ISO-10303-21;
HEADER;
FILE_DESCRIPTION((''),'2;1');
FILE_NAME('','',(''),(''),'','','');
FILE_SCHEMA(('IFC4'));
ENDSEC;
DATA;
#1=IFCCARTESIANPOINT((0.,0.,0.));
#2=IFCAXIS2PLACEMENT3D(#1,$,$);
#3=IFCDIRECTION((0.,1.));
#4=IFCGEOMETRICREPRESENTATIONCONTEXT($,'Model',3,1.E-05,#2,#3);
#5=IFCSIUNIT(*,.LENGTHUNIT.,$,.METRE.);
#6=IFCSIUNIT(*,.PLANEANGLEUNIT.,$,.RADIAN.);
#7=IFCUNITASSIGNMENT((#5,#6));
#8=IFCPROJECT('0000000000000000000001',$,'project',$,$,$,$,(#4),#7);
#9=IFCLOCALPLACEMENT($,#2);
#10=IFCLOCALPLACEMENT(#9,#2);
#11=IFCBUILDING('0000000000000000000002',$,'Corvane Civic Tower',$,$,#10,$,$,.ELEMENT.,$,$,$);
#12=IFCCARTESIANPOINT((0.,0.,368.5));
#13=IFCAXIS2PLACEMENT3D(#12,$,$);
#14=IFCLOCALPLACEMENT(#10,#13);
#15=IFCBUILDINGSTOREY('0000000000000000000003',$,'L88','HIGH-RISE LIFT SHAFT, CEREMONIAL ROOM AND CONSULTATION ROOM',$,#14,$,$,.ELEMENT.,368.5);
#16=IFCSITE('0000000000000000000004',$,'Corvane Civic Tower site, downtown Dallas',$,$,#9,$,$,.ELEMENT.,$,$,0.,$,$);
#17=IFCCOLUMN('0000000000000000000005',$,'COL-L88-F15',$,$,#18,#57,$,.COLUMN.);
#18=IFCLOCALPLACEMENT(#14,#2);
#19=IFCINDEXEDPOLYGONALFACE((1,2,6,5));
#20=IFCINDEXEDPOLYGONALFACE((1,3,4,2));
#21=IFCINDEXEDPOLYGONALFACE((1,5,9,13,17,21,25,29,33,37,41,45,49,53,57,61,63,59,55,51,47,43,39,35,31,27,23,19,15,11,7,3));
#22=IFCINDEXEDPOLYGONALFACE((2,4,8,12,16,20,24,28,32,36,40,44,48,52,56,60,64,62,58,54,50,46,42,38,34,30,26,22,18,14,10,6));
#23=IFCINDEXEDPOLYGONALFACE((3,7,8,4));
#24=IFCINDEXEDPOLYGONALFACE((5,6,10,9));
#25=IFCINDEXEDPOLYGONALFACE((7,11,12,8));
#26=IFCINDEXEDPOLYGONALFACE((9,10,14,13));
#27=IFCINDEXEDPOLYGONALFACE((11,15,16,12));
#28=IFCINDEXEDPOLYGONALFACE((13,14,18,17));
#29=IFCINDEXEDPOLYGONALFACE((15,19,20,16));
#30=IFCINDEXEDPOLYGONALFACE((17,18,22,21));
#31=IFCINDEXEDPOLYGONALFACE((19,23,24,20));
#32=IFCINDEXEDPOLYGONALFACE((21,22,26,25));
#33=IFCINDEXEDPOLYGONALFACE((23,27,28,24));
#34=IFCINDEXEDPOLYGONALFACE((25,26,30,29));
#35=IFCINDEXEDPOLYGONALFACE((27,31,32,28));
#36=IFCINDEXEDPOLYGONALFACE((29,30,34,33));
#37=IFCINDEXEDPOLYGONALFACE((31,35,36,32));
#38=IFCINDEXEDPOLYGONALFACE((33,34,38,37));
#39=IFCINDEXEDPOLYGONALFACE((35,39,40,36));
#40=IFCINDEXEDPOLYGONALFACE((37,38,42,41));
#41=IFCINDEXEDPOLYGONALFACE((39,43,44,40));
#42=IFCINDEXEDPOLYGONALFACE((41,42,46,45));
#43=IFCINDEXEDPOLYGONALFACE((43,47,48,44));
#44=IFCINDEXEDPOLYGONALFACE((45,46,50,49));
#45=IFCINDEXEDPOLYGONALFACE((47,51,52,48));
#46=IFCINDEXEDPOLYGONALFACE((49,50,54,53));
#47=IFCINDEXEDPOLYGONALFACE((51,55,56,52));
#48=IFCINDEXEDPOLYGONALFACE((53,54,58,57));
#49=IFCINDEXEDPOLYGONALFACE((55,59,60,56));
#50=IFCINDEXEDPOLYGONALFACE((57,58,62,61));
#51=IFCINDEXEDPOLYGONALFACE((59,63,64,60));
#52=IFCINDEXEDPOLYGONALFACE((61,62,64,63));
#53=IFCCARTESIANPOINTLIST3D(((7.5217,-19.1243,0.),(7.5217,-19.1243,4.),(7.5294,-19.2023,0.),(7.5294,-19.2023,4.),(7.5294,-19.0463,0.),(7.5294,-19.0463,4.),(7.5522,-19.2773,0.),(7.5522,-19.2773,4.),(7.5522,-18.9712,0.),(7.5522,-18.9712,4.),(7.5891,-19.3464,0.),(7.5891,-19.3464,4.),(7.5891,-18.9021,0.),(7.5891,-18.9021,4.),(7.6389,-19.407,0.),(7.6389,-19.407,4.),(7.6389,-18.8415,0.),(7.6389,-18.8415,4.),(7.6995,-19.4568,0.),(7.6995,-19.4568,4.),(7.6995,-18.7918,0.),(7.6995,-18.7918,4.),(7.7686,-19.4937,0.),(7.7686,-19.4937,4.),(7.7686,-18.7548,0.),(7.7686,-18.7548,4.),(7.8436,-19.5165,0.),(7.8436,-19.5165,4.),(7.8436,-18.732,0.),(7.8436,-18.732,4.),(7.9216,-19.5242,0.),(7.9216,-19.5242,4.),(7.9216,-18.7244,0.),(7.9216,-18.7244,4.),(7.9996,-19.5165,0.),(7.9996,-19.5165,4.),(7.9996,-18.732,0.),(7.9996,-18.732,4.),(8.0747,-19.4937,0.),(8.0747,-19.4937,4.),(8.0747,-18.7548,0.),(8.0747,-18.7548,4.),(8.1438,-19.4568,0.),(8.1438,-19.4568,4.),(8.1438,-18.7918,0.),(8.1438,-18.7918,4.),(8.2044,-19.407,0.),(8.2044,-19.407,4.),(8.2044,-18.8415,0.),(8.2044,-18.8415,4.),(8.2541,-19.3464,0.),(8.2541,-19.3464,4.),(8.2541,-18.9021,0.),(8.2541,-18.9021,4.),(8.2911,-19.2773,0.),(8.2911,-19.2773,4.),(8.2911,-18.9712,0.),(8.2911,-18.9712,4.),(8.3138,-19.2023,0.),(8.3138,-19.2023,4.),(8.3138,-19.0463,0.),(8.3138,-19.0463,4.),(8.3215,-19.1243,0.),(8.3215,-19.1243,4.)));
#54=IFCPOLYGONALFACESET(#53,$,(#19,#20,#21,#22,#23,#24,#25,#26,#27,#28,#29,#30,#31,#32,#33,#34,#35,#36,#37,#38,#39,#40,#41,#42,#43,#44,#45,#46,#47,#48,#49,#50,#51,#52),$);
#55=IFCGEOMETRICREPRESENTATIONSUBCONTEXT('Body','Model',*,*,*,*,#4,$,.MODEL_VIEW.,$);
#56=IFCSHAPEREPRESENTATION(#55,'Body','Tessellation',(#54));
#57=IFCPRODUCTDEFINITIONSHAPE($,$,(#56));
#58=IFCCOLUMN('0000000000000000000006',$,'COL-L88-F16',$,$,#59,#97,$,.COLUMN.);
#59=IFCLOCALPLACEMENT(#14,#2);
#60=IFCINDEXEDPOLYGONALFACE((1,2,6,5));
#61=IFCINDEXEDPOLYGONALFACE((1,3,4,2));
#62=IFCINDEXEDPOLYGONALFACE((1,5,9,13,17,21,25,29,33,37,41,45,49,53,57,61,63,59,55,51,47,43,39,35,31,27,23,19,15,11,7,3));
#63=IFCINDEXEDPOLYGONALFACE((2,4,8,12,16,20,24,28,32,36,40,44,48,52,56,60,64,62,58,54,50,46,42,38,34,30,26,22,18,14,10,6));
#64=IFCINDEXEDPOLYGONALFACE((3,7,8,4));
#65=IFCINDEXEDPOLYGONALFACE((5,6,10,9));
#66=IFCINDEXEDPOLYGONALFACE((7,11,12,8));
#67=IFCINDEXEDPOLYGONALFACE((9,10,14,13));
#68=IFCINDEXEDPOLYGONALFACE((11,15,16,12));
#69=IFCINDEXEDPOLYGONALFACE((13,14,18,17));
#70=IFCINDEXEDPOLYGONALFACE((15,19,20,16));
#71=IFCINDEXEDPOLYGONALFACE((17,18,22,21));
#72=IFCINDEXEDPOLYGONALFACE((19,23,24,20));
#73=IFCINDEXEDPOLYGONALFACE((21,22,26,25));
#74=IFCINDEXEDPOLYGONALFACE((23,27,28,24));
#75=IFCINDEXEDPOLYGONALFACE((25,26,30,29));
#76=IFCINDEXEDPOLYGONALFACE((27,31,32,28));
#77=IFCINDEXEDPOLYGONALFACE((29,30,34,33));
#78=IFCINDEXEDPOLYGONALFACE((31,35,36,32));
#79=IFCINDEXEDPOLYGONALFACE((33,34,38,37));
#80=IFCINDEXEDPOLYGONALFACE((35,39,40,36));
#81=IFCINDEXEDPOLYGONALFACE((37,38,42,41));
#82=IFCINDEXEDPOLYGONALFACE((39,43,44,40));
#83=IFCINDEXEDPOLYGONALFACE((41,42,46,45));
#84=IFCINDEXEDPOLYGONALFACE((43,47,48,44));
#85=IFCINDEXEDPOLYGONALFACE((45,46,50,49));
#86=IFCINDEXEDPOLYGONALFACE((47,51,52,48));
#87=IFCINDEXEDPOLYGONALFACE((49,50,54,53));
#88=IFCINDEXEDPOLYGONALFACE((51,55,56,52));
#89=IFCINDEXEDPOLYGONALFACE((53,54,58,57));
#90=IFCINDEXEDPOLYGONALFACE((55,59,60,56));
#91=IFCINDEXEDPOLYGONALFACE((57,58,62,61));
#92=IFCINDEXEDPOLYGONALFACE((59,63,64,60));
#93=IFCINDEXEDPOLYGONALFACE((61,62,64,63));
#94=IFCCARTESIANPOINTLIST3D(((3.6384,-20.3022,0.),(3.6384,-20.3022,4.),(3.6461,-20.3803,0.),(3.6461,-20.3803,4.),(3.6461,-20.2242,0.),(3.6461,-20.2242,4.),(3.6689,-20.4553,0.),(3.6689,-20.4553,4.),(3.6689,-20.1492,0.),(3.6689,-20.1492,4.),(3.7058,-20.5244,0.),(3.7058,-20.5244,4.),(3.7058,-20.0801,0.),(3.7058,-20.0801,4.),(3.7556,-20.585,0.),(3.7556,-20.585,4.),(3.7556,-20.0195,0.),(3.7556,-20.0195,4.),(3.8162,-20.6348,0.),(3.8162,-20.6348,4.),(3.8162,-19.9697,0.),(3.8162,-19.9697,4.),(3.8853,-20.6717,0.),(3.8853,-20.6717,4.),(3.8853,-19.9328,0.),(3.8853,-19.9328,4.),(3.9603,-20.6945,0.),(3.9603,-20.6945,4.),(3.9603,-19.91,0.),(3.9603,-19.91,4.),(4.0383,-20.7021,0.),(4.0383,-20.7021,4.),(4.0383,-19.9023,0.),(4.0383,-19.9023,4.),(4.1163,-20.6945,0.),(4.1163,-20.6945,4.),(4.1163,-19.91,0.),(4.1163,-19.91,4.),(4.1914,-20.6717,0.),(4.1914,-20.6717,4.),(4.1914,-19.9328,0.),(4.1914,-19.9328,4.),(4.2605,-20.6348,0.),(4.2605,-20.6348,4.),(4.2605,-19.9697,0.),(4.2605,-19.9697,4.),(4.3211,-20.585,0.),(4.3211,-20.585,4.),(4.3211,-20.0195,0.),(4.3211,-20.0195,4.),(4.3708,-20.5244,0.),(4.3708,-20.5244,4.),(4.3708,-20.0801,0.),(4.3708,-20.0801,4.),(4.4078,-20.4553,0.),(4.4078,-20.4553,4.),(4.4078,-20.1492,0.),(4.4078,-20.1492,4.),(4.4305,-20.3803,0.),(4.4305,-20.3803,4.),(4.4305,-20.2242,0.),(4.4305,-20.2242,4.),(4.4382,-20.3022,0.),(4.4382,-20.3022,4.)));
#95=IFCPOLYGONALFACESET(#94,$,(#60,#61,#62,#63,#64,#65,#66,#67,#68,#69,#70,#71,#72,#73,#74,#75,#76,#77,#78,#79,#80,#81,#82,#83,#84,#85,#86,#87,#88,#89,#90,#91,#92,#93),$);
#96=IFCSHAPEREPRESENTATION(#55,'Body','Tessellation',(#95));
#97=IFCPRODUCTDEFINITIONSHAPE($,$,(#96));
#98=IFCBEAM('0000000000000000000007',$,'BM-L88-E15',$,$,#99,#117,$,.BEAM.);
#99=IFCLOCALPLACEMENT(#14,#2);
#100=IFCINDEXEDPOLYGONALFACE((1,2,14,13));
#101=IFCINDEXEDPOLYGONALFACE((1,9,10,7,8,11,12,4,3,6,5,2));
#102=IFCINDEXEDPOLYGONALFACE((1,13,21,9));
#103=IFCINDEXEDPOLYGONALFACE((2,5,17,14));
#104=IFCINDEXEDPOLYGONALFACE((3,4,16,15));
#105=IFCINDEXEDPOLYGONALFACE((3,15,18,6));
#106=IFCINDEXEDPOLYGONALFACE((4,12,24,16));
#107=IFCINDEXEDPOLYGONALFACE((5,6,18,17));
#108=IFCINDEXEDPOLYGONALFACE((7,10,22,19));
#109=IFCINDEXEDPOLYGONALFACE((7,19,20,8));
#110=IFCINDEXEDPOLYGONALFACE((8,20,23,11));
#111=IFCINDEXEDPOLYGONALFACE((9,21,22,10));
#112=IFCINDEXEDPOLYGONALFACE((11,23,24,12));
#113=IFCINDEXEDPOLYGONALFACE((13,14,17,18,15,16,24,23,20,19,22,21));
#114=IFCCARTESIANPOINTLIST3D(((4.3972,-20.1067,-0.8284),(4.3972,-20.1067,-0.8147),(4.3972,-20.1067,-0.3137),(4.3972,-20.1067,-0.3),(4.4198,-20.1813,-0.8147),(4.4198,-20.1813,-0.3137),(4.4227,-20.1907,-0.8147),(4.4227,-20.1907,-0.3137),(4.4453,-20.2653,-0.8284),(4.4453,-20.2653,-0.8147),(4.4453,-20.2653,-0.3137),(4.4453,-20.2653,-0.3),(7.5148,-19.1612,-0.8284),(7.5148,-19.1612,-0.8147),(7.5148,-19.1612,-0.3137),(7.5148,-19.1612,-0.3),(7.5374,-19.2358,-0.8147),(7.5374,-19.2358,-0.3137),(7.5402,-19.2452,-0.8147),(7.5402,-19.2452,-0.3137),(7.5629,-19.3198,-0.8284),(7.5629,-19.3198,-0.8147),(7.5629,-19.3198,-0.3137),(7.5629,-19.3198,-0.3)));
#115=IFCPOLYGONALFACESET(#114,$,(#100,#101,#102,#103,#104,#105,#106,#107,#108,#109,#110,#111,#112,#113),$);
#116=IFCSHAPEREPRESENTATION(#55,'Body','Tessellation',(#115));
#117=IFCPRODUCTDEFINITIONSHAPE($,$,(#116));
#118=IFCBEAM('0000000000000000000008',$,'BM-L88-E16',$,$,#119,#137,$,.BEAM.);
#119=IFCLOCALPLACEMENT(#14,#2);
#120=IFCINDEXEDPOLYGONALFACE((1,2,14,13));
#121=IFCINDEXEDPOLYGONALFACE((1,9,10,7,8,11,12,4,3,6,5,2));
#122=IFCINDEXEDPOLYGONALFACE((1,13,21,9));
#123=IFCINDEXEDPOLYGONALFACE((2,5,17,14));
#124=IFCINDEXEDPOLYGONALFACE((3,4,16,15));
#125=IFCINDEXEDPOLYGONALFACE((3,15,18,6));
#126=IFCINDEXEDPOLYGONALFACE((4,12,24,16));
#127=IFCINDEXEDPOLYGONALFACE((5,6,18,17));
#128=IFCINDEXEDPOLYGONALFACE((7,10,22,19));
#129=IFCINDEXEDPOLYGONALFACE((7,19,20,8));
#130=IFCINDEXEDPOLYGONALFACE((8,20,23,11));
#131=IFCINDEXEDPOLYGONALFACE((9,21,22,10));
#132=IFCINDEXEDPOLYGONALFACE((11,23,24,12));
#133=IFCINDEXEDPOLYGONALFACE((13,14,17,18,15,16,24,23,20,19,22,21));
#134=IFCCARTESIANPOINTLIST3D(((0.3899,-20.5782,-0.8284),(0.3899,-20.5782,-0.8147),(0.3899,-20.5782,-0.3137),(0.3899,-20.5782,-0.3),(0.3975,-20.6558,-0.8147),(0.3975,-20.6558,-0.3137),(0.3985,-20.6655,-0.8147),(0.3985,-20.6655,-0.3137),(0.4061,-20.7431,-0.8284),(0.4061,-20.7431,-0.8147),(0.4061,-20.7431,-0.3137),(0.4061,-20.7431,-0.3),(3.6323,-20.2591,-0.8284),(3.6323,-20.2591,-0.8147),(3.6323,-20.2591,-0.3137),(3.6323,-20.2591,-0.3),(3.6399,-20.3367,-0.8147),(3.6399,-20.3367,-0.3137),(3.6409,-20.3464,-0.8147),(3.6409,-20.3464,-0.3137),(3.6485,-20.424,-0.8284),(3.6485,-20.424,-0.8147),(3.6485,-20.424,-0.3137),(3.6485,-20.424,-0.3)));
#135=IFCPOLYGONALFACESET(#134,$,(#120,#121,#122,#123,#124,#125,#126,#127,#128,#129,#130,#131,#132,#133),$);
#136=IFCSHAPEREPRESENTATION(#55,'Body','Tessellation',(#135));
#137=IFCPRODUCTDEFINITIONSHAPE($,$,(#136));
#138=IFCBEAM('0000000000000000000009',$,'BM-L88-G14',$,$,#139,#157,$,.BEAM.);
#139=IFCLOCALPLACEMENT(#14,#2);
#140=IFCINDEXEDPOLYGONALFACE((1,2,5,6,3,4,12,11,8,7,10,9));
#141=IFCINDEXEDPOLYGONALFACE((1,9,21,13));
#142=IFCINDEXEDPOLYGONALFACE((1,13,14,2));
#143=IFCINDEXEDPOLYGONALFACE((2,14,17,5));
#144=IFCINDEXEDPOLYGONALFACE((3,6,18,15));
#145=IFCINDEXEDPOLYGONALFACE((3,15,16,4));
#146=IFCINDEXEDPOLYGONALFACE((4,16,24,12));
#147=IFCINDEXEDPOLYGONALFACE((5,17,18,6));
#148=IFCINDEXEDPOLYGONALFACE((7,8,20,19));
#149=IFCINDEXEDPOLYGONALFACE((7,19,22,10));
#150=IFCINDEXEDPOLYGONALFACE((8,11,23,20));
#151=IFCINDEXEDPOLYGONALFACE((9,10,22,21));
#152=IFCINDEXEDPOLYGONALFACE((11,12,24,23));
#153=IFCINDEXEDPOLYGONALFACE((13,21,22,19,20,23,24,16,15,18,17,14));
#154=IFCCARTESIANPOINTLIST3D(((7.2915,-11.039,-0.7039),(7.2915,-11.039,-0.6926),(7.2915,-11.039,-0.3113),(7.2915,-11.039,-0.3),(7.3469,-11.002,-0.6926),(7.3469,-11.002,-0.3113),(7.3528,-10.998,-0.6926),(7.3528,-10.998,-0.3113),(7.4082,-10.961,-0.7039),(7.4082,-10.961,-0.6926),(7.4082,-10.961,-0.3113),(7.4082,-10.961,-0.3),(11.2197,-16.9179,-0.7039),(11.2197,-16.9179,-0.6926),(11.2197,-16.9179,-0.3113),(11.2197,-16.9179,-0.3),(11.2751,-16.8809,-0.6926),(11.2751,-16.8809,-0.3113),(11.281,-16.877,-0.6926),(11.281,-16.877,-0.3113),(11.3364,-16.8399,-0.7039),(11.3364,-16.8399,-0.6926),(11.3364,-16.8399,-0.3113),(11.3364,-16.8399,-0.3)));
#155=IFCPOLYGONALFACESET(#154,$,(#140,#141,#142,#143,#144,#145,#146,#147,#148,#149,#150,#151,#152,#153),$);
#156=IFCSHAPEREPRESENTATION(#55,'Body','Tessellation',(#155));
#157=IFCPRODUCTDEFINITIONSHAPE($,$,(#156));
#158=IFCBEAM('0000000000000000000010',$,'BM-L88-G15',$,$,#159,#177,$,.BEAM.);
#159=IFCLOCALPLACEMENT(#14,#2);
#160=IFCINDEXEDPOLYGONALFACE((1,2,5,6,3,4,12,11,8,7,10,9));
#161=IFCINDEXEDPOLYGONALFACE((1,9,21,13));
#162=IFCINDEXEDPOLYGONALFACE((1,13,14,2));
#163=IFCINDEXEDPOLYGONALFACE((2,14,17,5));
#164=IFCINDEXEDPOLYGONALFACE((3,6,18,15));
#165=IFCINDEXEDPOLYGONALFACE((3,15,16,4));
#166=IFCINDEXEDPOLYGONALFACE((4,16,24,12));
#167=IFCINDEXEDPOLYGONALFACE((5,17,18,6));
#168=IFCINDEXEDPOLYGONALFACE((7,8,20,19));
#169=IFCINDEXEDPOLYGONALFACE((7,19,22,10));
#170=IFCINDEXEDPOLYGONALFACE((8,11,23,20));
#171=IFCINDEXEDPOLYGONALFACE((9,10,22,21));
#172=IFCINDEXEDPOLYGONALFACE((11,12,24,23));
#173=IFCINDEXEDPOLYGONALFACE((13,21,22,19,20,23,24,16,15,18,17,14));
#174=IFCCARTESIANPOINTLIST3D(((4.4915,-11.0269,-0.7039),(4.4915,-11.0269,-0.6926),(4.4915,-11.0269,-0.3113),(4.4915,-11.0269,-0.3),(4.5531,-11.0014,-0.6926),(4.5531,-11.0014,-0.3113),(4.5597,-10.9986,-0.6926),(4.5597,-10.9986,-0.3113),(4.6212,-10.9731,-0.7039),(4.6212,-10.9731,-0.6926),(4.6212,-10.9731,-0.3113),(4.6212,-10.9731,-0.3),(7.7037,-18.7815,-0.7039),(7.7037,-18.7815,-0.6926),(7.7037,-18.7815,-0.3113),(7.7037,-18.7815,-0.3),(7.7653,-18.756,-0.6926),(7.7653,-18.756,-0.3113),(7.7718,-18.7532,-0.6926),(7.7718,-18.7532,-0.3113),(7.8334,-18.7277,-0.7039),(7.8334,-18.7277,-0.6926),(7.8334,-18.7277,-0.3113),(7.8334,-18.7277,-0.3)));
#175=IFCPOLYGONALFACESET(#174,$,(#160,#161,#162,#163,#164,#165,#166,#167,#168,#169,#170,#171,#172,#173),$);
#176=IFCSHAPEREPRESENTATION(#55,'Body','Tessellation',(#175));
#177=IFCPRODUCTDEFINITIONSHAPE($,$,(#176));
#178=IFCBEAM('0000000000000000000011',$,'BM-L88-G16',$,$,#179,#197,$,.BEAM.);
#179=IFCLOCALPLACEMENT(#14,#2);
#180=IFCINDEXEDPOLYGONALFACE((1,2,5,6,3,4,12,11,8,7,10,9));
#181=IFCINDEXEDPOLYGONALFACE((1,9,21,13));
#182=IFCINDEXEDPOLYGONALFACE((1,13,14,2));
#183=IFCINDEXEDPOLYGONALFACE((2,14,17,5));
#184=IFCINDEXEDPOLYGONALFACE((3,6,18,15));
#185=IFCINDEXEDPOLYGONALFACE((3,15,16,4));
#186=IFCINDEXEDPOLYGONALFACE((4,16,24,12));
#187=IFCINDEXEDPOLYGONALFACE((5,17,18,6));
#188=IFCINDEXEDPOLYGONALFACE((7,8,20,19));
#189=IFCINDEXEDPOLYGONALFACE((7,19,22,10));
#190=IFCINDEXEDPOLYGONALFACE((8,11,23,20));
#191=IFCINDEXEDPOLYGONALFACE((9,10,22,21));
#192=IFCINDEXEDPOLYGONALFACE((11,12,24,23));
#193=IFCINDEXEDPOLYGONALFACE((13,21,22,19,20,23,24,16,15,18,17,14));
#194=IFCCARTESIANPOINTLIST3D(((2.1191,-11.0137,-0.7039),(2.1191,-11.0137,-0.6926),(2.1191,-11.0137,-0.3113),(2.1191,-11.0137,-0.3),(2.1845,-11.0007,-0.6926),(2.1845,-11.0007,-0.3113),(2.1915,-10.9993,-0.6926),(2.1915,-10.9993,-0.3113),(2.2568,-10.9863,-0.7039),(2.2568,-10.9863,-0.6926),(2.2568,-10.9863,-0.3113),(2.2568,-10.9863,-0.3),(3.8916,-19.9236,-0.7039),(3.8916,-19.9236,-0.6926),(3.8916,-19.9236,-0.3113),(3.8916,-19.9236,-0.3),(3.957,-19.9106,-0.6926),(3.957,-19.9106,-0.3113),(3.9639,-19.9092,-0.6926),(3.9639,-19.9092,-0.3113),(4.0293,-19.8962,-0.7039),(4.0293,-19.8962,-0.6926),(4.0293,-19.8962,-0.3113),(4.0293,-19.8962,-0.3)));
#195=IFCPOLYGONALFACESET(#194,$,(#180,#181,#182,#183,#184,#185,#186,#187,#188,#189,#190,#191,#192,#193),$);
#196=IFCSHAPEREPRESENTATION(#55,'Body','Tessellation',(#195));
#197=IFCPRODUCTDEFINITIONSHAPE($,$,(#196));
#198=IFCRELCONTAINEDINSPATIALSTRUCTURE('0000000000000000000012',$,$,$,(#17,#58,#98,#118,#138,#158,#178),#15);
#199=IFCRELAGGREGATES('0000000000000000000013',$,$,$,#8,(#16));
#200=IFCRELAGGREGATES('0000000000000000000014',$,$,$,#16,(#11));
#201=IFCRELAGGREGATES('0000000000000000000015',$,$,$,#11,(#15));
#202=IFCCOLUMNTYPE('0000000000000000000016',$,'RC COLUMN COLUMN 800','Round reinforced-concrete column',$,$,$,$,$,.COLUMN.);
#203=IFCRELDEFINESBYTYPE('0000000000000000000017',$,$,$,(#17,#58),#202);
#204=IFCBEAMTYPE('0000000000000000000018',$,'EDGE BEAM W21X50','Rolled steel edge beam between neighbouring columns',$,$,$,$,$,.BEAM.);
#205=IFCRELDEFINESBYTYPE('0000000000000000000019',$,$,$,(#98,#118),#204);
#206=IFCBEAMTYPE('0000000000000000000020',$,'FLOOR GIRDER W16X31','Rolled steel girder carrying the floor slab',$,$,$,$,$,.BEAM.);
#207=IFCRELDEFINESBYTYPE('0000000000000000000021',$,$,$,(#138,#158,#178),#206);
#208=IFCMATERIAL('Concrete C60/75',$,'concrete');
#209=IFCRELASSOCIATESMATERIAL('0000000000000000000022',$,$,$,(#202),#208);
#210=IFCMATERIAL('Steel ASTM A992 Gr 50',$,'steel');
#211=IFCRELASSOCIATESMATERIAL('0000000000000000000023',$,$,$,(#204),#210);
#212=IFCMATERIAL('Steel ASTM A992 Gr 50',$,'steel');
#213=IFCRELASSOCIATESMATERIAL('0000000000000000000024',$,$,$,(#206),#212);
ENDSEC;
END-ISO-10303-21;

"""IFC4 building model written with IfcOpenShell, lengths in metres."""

from ifc_helpers import new_model, si_unit, direction, frame, origin, origin_2d, place, context, subcontext, project, spatial, circle, i_section, extrude, material, material_profile, profile_set, type_object, element, save


model = new_model("IFC4")

# Units and contexts
model_context = context("Model", 3, precision=1e-05, world=origin(), true_north=direction((0.0, 1.0)))
body_context = subcontext(model_context, "Body", "Model", "MODEL_VIEW")
ifc_project = project(units=[si_unit("LENGTHUNIT", "METRE"), si_unit("PLANEANGLEUNIT", "RADIAN")], contexts=[model_context])

# Site, building, storey
site_placement = place(None, origin())
site = spatial("IfcSite", under=ifc_project, at=site_placement, Name="Corvane Civic Tower site, downtown Dallas", CompositionType="ELEMENT", RefElevation=0.0)
building_placement = place(site_placement, origin())
building = spatial("IfcBuilding", under=site, at=building_placement, Name="Corvane Civic Tower", CompositionType="ELEMENT")
storey_placement = place(building_placement, frame((0.0, 0.0, 368.5)))
storey = spatial("IfcBuildingStorey", under=building, at=storey_placement, Name="L88", Description="HIGH-RISE LIFT SHAFT, CEREMONIAL ROOM AND CONSULTATION ROOM", CompositionType="ELEMENT", Elevation=368.5)

# Columns
ifc_material_1 = material(Name="Concrete C60/75", Category="concrete")
ifc_material_profile_1 = material_profile(ifc_material_1, circle(Radius=0.3999, at=origin_2d()), Name="COLUMN 800")
ifc_profile_set_1 = profile_set([ifc_material_profile_1], Name="Concrete C60/75")
column_type = type_object("IfcColumnType", Name="RC COLUMN COLUMN 800", Description="Round reinforced-concrete column", PredefinedType="COLUMN", material=ifc_profile_set_1)
for number, where, z_axis, x_axis, name in (
    (1, (7.9216, -19.1243, 0.0), (0.0, 0.0, 1.0), (1.0, 0.0, 0.0), "COL-L88-F15"),
    (2, (4.0383, -20.3022, 0.0), (0.0, 0.0, 1.0), (1.0, 0.0, 0.0), "COL-L88-F16"),
):
    element("IfcColumn", number, at=place(storey_placement, frame(where, z_axis=z_axis, x_axis=x_axis)), inside=storey, type_object=column_type, Name=name, PredefinedType="COLUMN", context=body_context, shape_type="SweptSolid", body=[
        extrude(circle(Radius=0.3999, at=origin_2d()), origin(), (0.0, 0.0, 1.0), 4.0),
    ])

# Beams
ifc_material_2 = material(Name="Steel ASTM A992 Gr 50", Category="steel")
ifc_material_profile_2 = material_profile(ifc_material_2, i_section(OverallWidth=0.1658, OverallDepth=0.5283, WebThickness=0.0098, FlangeThickness=0.0137, at=origin_2d()), Name="W21X50")
ifc_profile_set_2 = profile_set([ifc_material_profile_2], Name="Steel ASTM A992 Gr 50")
beam_type_1 = type_object("IfcBeamType", Name="EDGE BEAM W21X50", Description="Rolled steel edge beam between neighbouring columns", PredefinedType="BEAM", material=ifc_profile_set_2)
beam_1_placement = place(storey_placement, frame((7.5388, -19.2405, -0.5642), z_axis=(-0.956956, -0.290234, 0.0), x_axis=(0.290234, -0.956956, 0.0)))
element("IfcBeam", 3, at=beam_1_placement, inside=storey, type_object=beam_type_1, Name="BM-L88-E15", PredefinedType="BEAM", context=body_context, shape_type="SweptSolid", body=[
    extrude(i_section(OverallWidth=0.1658, OverallDepth=0.5283, WebThickness=0.0098, FlangeThickness=0.0137, at=origin_2d()), origin(), (0.0, 0.0, 1.0), 3.2578),
])
beam_2_placement = place(storey_placement, frame((3.6404, -20.3416, -0.5642), z_axis=(-0.995193, -0.097938, 0.0), x_axis=(0.097938, -0.995193, 0.0)))
element("IfcBeam", 4, at=beam_2_placement, inside=storey, type_object=beam_type_1, Name="BM-L88-E16", PredefinedType="BEAM", context=body_context, shape_type="SweptSolid", body=[
    extrude(i_section(OverallWidth=0.1658, OverallDepth=0.5283, WebThickness=0.0098, FlangeThickness=0.0137, at=origin_2d()), origin(), (0.0, 0.0, 1.0), 3.2581),
])
ifc_material_3 = material(Name="Steel ASTM A992 Gr 50", Category="steel")
ifc_material_profile_3 = material_profile(ifc_material_3, i_section(OverallWidth=0.1404, OverallDepth=0.4038, WebThickness=0.0071, FlangeThickness=0.0112, at=origin_2d()), Name="W16X31")
ifc_profile_set_3 = profile_set([ifc_material_profile_3], Name="Steel ASTM A992 Gr 50")
beam_type_2 = type_object("IfcBeamType", Name="FLOOR GIRDER W16X31", Description="Rolled steel girder carrying the floor slab", PredefinedType="BEAM", material=ifc_profile_set_3)
beam_3_placement = place(storey_placement, frame((7.3499, -11.0, -0.502), z_axis=(0.555576, -0.831465, 0.0), x_axis=(0.831465, 0.555576, 0.0)))
element("IfcBeam", 5, at=beam_3_placement, inside=storey, type_object=beam_type_2, Name="BM-L88-G14", PredefinedType="BEAM", context=body_context, shape_type="SweptSolid", body=[
    extrude(i_section(OverallWidth=0.1404, OverallDepth=0.4038, WebThickness=0.0071, FlangeThickness=0.0112, at=origin_2d()), origin(), (0.0, 0.0, 1.0), 7.0706),
])
beam_4_placement = place(storey_placement, frame((4.5564, -11.0, -0.502), z_axis=(0.382692, -0.923876, 0.0), x_axis=(0.923876, 0.382692, 0.0)))
element("IfcBeam", 6, at=beam_4_placement, inside=storey, type_object=beam_type_2, Name="BM-L88-G15", PredefinedType="BEAM", context=body_context, shape_type="SweptSolid", body=[
    extrude(i_section(OverallWidth=0.1404, OverallDepth=0.4038, WebThickness=0.0071, FlangeThickness=0.0112, at=origin_2d()), origin(), (0.0, 0.0, 1.0), 8.3936),
])
beam_5_placement = place(storey_placement, frame((2.188, -11.0, -0.502), z_axis=(0.195108, -0.980782, 0.0), x_axis=(0.980782, 0.195108, 0.0)))
element("IfcBeam", 7, at=beam_5_placement, inside=storey, type_object=beam_type_2, Name="BM-L88-G16", PredefinedType="BEAM", context=body_context, shape_type="SweptSolid", body=[
    extrude(i_section(OverallWidth=0.1404, OverallDepth=0.4038, WebThickness=0.0071, FlangeThickness=0.0112, at=origin_2d()), origin(), (0.0, 0.0, 1.0), 9.0845),
])

save(model, "model.ifc")
